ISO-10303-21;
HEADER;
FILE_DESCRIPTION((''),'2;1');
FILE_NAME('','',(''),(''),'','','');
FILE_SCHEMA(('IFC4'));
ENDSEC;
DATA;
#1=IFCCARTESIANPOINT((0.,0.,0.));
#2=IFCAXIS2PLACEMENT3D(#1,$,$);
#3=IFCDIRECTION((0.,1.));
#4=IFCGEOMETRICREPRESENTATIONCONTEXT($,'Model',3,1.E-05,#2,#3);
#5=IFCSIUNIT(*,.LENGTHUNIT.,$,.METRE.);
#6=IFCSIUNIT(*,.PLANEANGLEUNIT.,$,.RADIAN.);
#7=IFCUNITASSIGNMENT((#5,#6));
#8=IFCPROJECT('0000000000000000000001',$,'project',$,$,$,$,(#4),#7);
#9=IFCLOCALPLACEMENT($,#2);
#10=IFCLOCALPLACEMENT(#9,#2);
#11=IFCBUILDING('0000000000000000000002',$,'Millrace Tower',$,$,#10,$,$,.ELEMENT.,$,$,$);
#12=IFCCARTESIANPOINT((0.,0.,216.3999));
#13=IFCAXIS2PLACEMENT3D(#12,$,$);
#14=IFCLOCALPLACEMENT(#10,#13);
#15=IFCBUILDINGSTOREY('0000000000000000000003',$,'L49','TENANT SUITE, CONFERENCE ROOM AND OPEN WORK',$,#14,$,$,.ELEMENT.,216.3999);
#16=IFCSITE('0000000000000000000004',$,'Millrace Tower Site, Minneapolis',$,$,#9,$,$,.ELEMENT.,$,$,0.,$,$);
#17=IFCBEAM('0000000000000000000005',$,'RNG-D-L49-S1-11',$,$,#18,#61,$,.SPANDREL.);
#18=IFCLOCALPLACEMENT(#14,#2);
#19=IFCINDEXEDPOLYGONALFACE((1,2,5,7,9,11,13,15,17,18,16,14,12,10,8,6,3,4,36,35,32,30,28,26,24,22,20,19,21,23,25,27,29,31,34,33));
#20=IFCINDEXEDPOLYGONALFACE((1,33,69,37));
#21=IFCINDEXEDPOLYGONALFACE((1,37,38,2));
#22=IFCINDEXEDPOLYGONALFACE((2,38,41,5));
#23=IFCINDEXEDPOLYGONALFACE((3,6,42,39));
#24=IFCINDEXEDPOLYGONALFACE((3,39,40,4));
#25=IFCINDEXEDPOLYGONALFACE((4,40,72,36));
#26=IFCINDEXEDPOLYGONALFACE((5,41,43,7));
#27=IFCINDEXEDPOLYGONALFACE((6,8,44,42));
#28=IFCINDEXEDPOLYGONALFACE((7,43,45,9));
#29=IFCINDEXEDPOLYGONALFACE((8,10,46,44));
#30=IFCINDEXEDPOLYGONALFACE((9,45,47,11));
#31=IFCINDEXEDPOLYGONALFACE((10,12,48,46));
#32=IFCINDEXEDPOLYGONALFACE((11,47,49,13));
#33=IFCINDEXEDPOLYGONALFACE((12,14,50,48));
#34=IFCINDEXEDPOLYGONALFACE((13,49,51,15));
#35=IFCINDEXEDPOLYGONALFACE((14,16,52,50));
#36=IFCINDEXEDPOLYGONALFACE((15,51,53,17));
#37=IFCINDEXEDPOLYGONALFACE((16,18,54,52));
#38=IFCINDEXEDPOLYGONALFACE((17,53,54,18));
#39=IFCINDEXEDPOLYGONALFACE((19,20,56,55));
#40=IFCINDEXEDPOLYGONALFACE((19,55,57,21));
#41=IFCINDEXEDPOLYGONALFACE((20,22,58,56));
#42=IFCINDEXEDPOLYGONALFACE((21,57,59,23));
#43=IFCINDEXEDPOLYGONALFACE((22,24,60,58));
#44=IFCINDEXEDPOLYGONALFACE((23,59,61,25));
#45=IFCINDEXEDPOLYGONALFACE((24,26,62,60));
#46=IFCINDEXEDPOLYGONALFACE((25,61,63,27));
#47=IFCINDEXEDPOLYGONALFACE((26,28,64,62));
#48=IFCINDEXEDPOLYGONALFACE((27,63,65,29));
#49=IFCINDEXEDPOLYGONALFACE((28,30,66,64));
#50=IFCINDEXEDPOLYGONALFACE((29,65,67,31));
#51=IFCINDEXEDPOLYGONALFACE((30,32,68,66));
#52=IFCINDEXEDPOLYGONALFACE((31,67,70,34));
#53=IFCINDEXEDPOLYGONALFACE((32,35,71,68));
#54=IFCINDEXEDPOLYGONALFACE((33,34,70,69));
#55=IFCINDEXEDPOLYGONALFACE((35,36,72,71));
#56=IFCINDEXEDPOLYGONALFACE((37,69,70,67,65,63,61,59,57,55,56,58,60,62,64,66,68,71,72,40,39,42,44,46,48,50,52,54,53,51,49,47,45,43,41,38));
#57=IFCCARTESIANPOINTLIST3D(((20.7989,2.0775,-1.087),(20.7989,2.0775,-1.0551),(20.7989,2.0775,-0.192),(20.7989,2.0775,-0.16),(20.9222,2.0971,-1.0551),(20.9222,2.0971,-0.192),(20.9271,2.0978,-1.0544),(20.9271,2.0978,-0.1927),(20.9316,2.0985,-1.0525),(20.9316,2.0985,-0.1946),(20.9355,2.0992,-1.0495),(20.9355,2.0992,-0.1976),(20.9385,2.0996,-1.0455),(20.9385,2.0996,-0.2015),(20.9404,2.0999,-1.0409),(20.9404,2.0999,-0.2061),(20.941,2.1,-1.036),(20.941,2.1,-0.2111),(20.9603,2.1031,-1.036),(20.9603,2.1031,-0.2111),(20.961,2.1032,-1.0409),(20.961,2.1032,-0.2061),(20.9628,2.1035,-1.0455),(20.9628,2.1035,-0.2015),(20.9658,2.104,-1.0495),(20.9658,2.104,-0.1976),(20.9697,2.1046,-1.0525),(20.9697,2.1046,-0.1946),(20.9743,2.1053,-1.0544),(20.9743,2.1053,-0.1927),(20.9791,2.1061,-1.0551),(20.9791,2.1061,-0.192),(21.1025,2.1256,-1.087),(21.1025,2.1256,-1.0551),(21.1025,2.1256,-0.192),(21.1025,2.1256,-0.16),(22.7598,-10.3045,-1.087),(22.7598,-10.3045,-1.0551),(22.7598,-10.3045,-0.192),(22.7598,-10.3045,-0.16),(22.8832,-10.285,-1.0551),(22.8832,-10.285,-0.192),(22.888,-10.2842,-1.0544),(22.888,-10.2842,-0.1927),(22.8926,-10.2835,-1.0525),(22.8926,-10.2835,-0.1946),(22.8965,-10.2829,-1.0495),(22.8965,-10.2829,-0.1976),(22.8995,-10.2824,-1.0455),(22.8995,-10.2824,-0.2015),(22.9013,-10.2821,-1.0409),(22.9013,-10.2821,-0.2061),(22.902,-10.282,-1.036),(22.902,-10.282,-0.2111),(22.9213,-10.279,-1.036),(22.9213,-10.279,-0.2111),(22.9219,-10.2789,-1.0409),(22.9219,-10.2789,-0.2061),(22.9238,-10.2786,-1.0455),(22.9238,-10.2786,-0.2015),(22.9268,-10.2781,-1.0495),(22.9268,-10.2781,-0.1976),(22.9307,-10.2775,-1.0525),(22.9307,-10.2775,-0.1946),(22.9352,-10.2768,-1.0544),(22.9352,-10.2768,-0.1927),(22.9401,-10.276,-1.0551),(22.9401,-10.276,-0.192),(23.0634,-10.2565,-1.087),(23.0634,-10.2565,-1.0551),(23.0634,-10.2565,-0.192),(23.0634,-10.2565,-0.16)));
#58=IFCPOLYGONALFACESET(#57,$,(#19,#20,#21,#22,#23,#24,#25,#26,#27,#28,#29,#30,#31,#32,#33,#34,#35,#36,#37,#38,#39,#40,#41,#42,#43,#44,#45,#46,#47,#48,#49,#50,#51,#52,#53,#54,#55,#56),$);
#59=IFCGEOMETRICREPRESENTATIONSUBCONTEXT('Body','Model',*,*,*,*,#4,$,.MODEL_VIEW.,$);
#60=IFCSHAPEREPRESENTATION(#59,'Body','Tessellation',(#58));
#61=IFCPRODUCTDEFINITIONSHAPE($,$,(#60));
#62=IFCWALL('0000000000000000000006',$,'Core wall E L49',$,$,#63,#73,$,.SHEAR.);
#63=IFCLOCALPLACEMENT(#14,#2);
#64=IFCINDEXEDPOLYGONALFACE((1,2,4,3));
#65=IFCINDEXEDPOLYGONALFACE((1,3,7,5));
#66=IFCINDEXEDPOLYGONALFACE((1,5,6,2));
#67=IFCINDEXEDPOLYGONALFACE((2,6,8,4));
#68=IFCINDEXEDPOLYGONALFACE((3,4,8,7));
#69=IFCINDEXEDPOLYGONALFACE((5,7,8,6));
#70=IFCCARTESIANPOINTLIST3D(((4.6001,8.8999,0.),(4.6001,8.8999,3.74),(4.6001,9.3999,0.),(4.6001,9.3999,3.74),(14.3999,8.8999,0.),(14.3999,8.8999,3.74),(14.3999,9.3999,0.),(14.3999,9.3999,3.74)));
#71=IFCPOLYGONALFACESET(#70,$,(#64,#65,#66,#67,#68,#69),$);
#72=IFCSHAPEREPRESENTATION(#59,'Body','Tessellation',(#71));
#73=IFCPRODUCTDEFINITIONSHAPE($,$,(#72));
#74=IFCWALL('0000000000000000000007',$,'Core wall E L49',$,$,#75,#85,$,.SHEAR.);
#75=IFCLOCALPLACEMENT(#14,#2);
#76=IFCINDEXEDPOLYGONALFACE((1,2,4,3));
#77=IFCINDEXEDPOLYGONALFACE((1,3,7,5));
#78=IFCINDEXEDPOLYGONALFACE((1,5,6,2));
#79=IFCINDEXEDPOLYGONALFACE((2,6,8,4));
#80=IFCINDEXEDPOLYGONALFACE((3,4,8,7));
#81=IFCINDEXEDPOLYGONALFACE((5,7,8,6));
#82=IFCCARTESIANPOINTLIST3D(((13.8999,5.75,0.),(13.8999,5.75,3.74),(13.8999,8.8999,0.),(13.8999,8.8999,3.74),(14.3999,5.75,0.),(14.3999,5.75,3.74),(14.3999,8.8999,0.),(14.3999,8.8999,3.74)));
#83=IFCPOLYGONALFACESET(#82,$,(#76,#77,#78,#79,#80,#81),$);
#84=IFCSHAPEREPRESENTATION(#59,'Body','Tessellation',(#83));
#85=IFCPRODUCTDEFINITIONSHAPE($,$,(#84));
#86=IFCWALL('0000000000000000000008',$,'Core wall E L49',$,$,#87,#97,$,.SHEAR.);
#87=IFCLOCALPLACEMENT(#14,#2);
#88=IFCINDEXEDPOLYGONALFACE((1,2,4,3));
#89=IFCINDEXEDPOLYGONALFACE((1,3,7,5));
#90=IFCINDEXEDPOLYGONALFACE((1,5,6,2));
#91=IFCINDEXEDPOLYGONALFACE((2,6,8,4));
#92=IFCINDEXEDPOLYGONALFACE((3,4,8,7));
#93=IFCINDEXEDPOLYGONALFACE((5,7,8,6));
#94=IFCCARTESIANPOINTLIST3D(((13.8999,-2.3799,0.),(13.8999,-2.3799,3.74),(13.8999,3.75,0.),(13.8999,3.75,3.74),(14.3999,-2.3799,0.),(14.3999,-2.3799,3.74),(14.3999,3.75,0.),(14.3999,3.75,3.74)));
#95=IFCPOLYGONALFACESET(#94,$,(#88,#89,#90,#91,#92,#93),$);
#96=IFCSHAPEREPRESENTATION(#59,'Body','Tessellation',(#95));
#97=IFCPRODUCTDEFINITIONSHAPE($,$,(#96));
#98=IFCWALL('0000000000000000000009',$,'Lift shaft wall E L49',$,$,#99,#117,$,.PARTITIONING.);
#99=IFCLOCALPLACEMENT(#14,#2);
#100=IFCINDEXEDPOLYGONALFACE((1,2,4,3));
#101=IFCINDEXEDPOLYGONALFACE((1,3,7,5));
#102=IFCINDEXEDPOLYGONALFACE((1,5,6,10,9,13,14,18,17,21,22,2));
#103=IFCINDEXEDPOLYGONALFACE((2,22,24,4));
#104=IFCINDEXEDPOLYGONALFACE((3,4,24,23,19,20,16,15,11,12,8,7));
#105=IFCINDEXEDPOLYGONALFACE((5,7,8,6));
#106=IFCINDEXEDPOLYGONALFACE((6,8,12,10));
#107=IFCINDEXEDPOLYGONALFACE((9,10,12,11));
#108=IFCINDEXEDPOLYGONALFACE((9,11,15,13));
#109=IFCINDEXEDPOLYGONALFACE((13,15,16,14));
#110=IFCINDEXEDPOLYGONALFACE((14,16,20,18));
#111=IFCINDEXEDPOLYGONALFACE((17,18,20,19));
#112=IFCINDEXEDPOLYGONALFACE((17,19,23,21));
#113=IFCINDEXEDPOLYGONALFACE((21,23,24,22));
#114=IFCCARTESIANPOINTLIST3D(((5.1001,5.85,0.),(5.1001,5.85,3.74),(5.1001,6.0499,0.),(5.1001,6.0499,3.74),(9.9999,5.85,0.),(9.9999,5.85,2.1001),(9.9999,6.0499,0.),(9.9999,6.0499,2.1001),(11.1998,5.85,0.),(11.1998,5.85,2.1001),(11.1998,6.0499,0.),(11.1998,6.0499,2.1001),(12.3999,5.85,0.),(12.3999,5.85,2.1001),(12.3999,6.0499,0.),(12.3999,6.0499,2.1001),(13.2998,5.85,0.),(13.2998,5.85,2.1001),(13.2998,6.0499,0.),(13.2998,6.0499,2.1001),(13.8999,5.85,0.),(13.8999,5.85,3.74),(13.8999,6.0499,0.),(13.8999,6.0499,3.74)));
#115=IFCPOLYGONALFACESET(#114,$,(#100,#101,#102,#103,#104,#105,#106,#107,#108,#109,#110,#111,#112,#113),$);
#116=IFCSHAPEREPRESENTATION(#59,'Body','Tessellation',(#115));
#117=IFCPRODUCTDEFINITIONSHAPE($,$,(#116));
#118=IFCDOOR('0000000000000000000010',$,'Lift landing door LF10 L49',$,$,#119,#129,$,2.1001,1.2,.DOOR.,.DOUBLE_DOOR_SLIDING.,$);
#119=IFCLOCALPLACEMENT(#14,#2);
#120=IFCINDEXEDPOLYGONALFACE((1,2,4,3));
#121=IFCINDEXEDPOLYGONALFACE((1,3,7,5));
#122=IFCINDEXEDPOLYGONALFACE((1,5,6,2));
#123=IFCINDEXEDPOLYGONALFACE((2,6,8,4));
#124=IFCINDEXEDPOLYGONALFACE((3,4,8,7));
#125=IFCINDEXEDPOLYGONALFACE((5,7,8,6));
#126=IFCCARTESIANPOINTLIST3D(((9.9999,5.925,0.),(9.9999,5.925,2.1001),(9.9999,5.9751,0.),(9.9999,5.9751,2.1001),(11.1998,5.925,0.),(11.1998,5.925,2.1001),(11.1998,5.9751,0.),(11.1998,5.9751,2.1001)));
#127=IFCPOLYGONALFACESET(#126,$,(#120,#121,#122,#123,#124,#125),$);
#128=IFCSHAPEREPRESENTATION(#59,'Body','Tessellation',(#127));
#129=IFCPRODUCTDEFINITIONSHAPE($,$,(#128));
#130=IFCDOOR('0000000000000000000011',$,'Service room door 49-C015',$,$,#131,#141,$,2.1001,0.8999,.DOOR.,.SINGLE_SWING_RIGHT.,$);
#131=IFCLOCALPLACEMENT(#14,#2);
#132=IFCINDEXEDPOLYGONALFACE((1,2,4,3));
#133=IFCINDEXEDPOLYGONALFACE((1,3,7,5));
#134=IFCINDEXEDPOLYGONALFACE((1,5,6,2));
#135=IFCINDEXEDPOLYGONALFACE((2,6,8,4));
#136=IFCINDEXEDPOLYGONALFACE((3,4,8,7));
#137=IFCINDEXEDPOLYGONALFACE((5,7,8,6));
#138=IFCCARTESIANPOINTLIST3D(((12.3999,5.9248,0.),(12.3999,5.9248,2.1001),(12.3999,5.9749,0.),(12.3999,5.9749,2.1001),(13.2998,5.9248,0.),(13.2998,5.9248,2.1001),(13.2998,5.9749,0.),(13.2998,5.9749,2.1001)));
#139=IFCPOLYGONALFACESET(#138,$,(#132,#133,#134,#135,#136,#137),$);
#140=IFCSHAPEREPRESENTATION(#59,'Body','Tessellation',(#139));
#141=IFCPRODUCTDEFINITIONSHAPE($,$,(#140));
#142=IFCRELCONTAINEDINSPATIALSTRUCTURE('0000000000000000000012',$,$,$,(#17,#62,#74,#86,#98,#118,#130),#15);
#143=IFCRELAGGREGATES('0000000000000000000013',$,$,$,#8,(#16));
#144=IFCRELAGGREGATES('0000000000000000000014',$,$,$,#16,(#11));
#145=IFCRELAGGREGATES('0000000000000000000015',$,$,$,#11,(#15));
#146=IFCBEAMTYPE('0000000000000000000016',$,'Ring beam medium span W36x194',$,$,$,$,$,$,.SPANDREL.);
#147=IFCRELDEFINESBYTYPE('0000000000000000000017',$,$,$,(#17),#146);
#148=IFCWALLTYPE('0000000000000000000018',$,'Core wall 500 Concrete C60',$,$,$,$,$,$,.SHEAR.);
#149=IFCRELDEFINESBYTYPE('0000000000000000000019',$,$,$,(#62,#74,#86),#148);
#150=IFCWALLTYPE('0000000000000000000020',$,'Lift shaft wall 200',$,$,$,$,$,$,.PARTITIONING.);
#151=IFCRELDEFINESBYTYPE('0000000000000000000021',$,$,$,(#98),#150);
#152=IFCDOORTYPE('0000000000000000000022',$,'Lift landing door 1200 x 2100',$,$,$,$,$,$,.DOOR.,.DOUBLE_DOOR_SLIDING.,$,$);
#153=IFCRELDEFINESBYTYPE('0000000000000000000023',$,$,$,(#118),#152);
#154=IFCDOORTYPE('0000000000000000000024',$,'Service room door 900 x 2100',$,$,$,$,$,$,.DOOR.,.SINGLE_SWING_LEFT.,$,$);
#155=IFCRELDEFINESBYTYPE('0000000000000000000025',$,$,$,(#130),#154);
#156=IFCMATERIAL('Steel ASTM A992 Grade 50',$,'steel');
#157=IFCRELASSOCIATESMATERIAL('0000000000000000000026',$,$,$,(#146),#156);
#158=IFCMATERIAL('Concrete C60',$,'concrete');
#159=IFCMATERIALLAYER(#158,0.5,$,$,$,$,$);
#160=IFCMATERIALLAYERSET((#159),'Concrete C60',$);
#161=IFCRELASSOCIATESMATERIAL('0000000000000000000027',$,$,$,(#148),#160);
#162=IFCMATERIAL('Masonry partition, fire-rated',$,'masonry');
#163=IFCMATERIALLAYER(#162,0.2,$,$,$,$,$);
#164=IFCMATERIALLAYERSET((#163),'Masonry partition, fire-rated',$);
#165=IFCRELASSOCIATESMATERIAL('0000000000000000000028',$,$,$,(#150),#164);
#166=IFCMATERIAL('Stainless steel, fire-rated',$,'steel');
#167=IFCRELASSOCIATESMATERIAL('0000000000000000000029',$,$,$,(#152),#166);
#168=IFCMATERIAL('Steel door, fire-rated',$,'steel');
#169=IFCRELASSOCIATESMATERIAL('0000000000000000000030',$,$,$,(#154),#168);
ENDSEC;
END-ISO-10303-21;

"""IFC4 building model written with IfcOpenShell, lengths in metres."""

from ifc_helpers import new_model, si_unit, direction, frame, frame_2d, origin, origin_2d, place, context, subcontext, project, spatial, rectangle, i_section, extrude, material, layer, layer_set, material_profile, profile_set, type_object, element, fill, save


model = new_model("IFC4")

# Units and contexts
model_context = context("Model", 3, precision=1e-05, world=origin(), true_north=direction((0.0, 1.0)))
body_context = subcontext(model_context, "Body", "Model", "MODEL_VIEW")
ifc_project = project(units=[si_unit("LENGTHUNIT", "METRE"), si_unit("PLANEANGLEUNIT", "RADIAN")], contexts=[model_context])

# Site, building, storey
site_placement = place(None, origin())
site = spatial("IfcSite", under=ifc_project, at=site_placement, Name="Millrace Tower Site, Minneapolis", CompositionType="ELEMENT", RefElevation=0.0)
building_placement = place(site_placement, origin())
building = spatial("IfcBuilding", under=site, at=building_placement, Name="Millrace Tower", CompositionType="ELEMENT")
storey_placement = place(building_placement, frame((0.0, 0.0, 216.3999)))
storey = spatial("IfcBuildingStorey", under=building, at=storey_placement, Name="L49", Description="TENANT SUITE, CONFERENCE ROOM AND OPEN WORK", CompositionType="ELEMENT", Elevation=216.3999)

# Beam
ifc_material_1 = material(Name="Steel ASTM A992 Grade 50", Category="steel")
ifc_material_profile_1 = material_profile(ifc_material_1, i_section(OverallWidth=0.3074, OverallDepth=0.927, WebThickness=0.0195, FlangeThickness=0.032, FilletRadius=0.019, at=origin_2d()))
ifc_profile_set_1 = profile_set([ifc_material_profile_1], Name="Steel ASTM A992 Grade 50")
beam_type_1 = type_object("IfcBeamType", Name="Ring beam medium span W36x194", PredefinedType="SPANDREL", material=ifc_profile_set_1)
beam_1_placement = place(storey_placement, frame((20.9507, 2.1016, -0.6235), z_axis=(0.15642, -0.987691, 0.0), x_axis=(0.987691, 0.15642, 0.0)))
element("IfcBeam", 1, at=beam_1_placement, inside=storey, type_object=beam_type_1, Name="RNG-D-L49-S1-11", PredefinedType="SPANDREL", context=body_context, shape_type="SweptSolid", body=[
    extrude(i_section(OverallWidth=0.3074, OverallDepth=0.927, WebThickness=0.0195, FlangeThickness=0.032, FilletRadius=0.019, at=origin_2d()), origin(), (0.0, 0.0, 1.0), 12.5364),
])

# Walls
ifc_material_2 = material(Name="Concrete C60", Category="concrete")
ifc_layer_1 = layer(ifc_material_2, 0.5)
ifc_layer_set_1 = layer_set([ifc_layer_1], Name="Concrete C60")
wall_type_1 = type_object("IfcWallType", Name="Core wall 500 Concrete C60", PredefinedType="SHEAR", material=ifc_layer_set_1)
wall_1_placement = place(storey_placement, frame((14.3999, 9.1499, 0.0), z_axis=(0.0, 0.0, 1.0), x_axis=(-1.0, 0.0, 0.0)))
element("IfcWall", 2, at=wall_1_placement, inside=storey, type_object=wall_type_1, Name="Core wall E L49", PredefinedType="SHEAR", context=body_context, shape_type="SweptSolid", body=[
    extrude(rectangle(XDim=9.7998, YDim=0.5, at=frame_2d((4.8999, 0.0))), origin(), (0.0, 0.0, 1.0), 3.74),
])
wall_2_placement = place(storey_placement, frame((14.1499, 8.8999, 0.0), z_axis=(0.0, 0.0, 1.0), x_axis=(0.0, -1.0, 0.0)))
element("IfcWall", 3, at=wall_2_placement, inside=storey, type_object=wall_type_1, Name="Core wall E L49", PredefinedType="SHEAR", context=body_context, shape_type="SweptSolid", body=[
    extrude(rectangle(XDim=3.1499, YDim=0.5, at=frame_2d((1.575, 0.0))), origin(), (0.0, 0.0, 1.0), 3.74),
])
wall_3_placement = place(storey_placement, frame((14.1499, 3.75, 0.0), z_axis=(0.0, 0.0, 1.0), x_axis=(0.0, -1.0, 0.0)))
element("IfcWall", 4, at=wall_3_placement, inside=storey, type_object=wall_type_1, Name="Core wall E L49", PredefinedType="SHEAR", context=body_context, shape_type="SweptSolid", body=[
    extrude(rectangle(XDim=6.1299, YDim=0.5, at=frame_2d((3.0649, 0.0))), origin(), (0.0, 0.0, 1.0), 3.74),
])

# Wall, openings, doors
ifc_material_3 = material(Name="Masonry partition, fire-rated", Category="masonry")
ifc_layer_2 = layer(ifc_material_3, 0.2)
ifc_layer_set_2 = layer_set([ifc_layer_2], Name="Masonry partition, fire-rated")
wall_type_2 = type_object("IfcWallType", Name="Lift shaft wall 200", PredefinedType="PARTITIONING", material=ifc_layer_set_2)
wall_4_placement = place(storey_placement, frame((13.8999, 5.95, 0.0), z_axis=(0.0, 0.0, 1.0), x_axis=(-1.0, 0.0, 0.0)))
wall_4 = element("IfcWall", 5, at=wall_4_placement, inside=storey, type_object=wall_type_2, Name="Lift shaft wall E L49", PredefinedType="PARTITIONING", context=body_context, shape_type="SweptSolid", body=[
    extrude(rectangle(XDim=8.7998, YDim=0.2, at=frame_2d((4.3999, 0.0))), origin(), (0.0, 0.0, 1.0), 3.74),
])
opening_1_placement = place(wall_4_placement, frame((2.7, 0.0, 0.0)))
opening_1 = element("IfcOpeningElement", 6, at=opening_1_placement, cuts=wall_4, PredefinedType="OPENING", context=body_context, shape_type="SweptSolid", body=[
    extrude(rectangle(XDim=1.2, YDim=2.1001, at=frame_2d((0.6001, 1.05))), frame((0.0, 0.1099, 0.0), z_axis=(0.0, -1.0, 0.0), x_axis=(1.0, 0.0, 0.0)), (0.0, 0.0, 1.0), 0.22),
])
opening_2_placement = place(wall_4_placement, frame((0.6001, 0.0, 0.0)))
opening_2 = element("IfcOpeningElement", 7, at=opening_2_placement, cuts=wall_4, PredefinedType="OPENING", context=body_context, shape_type="SweptSolid", body=[
    extrude(rectangle(XDim=0.8999, YDim=2.1001, at=frame_2d((0.45, 1.05))), frame((0.0, 0.1099, 0.0), z_axis=(0.0, -1.0, 0.0), x_axis=(1.0, 0.0, 0.0)), (0.0, 0.0, 1.0), 0.22),
])
ifc_material_4 = material(Name="Stainless steel, fire-rated", Category="steel")
door_type_1 = type_object("IfcDoorType", Name="Lift landing door 1200 x 2100", OperationType="DOUBLE_DOOR_SLIDING", PredefinedType="DOOR", material=ifc_material_4)
door_1_placement = place(opening_1_placement, origin())
door_1 = element("IfcDoor", 8, at=door_1_placement, inside=storey, type_object=door_type_1, Name="Lift landing door LF10 L49", OperationType="DOUBLE_DOOR_SLIDING", OverallHeight=2.1001, OverallWidth=1.2, PredefinedType="DOOR", context=body_context, shape_type="SweptSolid", body=[
    extrude(rectangle(XDim=1.2, YDim=2.1001, at=frame_2d((0.6001, 1.05))), frame((0.0, 0.0249, 0.0), z_axis=(0.0, -1.0, 0.0), x_axis=(1.0, 0.0, 0.0)), (0.0, 0.0, 1.0), 0.05),
])
fill(opening_1, door_1)
ifc_material_5 = material(Name="Steel door, fire-rated", Category="steel")
door_type_2 = type_object("IfcDoorType", Name="Service room door 900 x 2100", OperationType="SINGLE_SWING_LEFT", PredefinedType="DOOR", material=ifc_material_5)
door_2_placement = place(opening_2_placement, frame((0.8999, 0.0, 0.0), z_axis=(0.0, 0.0, 1.0), x_axis=(-1.0, 0.0, 0.0)))
door_2 = element("IfcDoor", 9, at=door_2_placement, inside=storey, type_object=door_type_2, Name="Service room door 49-C015", OperationType="SINGLE_SWING_RIGHT", OverallHeight=2.1001, OverallWidth=0.8999, PredefinedType="DOOR", context=body_context, shape_type="SweptSolid", body=[
    extrude(rectangle(XDim=0.8999, YDim=2.1001, at=frame_2d((0.45, 1.05))), frame((0.0, 0.0249, 0.0), z_axis=(0.0, -1.0, 0.0), x_axis=(1.0, 0.0, 0.0)), (0.0, 0.0, 1.0), 0.05),
])
fill(opening_2, door_2)

save(model, "model.ifc")
